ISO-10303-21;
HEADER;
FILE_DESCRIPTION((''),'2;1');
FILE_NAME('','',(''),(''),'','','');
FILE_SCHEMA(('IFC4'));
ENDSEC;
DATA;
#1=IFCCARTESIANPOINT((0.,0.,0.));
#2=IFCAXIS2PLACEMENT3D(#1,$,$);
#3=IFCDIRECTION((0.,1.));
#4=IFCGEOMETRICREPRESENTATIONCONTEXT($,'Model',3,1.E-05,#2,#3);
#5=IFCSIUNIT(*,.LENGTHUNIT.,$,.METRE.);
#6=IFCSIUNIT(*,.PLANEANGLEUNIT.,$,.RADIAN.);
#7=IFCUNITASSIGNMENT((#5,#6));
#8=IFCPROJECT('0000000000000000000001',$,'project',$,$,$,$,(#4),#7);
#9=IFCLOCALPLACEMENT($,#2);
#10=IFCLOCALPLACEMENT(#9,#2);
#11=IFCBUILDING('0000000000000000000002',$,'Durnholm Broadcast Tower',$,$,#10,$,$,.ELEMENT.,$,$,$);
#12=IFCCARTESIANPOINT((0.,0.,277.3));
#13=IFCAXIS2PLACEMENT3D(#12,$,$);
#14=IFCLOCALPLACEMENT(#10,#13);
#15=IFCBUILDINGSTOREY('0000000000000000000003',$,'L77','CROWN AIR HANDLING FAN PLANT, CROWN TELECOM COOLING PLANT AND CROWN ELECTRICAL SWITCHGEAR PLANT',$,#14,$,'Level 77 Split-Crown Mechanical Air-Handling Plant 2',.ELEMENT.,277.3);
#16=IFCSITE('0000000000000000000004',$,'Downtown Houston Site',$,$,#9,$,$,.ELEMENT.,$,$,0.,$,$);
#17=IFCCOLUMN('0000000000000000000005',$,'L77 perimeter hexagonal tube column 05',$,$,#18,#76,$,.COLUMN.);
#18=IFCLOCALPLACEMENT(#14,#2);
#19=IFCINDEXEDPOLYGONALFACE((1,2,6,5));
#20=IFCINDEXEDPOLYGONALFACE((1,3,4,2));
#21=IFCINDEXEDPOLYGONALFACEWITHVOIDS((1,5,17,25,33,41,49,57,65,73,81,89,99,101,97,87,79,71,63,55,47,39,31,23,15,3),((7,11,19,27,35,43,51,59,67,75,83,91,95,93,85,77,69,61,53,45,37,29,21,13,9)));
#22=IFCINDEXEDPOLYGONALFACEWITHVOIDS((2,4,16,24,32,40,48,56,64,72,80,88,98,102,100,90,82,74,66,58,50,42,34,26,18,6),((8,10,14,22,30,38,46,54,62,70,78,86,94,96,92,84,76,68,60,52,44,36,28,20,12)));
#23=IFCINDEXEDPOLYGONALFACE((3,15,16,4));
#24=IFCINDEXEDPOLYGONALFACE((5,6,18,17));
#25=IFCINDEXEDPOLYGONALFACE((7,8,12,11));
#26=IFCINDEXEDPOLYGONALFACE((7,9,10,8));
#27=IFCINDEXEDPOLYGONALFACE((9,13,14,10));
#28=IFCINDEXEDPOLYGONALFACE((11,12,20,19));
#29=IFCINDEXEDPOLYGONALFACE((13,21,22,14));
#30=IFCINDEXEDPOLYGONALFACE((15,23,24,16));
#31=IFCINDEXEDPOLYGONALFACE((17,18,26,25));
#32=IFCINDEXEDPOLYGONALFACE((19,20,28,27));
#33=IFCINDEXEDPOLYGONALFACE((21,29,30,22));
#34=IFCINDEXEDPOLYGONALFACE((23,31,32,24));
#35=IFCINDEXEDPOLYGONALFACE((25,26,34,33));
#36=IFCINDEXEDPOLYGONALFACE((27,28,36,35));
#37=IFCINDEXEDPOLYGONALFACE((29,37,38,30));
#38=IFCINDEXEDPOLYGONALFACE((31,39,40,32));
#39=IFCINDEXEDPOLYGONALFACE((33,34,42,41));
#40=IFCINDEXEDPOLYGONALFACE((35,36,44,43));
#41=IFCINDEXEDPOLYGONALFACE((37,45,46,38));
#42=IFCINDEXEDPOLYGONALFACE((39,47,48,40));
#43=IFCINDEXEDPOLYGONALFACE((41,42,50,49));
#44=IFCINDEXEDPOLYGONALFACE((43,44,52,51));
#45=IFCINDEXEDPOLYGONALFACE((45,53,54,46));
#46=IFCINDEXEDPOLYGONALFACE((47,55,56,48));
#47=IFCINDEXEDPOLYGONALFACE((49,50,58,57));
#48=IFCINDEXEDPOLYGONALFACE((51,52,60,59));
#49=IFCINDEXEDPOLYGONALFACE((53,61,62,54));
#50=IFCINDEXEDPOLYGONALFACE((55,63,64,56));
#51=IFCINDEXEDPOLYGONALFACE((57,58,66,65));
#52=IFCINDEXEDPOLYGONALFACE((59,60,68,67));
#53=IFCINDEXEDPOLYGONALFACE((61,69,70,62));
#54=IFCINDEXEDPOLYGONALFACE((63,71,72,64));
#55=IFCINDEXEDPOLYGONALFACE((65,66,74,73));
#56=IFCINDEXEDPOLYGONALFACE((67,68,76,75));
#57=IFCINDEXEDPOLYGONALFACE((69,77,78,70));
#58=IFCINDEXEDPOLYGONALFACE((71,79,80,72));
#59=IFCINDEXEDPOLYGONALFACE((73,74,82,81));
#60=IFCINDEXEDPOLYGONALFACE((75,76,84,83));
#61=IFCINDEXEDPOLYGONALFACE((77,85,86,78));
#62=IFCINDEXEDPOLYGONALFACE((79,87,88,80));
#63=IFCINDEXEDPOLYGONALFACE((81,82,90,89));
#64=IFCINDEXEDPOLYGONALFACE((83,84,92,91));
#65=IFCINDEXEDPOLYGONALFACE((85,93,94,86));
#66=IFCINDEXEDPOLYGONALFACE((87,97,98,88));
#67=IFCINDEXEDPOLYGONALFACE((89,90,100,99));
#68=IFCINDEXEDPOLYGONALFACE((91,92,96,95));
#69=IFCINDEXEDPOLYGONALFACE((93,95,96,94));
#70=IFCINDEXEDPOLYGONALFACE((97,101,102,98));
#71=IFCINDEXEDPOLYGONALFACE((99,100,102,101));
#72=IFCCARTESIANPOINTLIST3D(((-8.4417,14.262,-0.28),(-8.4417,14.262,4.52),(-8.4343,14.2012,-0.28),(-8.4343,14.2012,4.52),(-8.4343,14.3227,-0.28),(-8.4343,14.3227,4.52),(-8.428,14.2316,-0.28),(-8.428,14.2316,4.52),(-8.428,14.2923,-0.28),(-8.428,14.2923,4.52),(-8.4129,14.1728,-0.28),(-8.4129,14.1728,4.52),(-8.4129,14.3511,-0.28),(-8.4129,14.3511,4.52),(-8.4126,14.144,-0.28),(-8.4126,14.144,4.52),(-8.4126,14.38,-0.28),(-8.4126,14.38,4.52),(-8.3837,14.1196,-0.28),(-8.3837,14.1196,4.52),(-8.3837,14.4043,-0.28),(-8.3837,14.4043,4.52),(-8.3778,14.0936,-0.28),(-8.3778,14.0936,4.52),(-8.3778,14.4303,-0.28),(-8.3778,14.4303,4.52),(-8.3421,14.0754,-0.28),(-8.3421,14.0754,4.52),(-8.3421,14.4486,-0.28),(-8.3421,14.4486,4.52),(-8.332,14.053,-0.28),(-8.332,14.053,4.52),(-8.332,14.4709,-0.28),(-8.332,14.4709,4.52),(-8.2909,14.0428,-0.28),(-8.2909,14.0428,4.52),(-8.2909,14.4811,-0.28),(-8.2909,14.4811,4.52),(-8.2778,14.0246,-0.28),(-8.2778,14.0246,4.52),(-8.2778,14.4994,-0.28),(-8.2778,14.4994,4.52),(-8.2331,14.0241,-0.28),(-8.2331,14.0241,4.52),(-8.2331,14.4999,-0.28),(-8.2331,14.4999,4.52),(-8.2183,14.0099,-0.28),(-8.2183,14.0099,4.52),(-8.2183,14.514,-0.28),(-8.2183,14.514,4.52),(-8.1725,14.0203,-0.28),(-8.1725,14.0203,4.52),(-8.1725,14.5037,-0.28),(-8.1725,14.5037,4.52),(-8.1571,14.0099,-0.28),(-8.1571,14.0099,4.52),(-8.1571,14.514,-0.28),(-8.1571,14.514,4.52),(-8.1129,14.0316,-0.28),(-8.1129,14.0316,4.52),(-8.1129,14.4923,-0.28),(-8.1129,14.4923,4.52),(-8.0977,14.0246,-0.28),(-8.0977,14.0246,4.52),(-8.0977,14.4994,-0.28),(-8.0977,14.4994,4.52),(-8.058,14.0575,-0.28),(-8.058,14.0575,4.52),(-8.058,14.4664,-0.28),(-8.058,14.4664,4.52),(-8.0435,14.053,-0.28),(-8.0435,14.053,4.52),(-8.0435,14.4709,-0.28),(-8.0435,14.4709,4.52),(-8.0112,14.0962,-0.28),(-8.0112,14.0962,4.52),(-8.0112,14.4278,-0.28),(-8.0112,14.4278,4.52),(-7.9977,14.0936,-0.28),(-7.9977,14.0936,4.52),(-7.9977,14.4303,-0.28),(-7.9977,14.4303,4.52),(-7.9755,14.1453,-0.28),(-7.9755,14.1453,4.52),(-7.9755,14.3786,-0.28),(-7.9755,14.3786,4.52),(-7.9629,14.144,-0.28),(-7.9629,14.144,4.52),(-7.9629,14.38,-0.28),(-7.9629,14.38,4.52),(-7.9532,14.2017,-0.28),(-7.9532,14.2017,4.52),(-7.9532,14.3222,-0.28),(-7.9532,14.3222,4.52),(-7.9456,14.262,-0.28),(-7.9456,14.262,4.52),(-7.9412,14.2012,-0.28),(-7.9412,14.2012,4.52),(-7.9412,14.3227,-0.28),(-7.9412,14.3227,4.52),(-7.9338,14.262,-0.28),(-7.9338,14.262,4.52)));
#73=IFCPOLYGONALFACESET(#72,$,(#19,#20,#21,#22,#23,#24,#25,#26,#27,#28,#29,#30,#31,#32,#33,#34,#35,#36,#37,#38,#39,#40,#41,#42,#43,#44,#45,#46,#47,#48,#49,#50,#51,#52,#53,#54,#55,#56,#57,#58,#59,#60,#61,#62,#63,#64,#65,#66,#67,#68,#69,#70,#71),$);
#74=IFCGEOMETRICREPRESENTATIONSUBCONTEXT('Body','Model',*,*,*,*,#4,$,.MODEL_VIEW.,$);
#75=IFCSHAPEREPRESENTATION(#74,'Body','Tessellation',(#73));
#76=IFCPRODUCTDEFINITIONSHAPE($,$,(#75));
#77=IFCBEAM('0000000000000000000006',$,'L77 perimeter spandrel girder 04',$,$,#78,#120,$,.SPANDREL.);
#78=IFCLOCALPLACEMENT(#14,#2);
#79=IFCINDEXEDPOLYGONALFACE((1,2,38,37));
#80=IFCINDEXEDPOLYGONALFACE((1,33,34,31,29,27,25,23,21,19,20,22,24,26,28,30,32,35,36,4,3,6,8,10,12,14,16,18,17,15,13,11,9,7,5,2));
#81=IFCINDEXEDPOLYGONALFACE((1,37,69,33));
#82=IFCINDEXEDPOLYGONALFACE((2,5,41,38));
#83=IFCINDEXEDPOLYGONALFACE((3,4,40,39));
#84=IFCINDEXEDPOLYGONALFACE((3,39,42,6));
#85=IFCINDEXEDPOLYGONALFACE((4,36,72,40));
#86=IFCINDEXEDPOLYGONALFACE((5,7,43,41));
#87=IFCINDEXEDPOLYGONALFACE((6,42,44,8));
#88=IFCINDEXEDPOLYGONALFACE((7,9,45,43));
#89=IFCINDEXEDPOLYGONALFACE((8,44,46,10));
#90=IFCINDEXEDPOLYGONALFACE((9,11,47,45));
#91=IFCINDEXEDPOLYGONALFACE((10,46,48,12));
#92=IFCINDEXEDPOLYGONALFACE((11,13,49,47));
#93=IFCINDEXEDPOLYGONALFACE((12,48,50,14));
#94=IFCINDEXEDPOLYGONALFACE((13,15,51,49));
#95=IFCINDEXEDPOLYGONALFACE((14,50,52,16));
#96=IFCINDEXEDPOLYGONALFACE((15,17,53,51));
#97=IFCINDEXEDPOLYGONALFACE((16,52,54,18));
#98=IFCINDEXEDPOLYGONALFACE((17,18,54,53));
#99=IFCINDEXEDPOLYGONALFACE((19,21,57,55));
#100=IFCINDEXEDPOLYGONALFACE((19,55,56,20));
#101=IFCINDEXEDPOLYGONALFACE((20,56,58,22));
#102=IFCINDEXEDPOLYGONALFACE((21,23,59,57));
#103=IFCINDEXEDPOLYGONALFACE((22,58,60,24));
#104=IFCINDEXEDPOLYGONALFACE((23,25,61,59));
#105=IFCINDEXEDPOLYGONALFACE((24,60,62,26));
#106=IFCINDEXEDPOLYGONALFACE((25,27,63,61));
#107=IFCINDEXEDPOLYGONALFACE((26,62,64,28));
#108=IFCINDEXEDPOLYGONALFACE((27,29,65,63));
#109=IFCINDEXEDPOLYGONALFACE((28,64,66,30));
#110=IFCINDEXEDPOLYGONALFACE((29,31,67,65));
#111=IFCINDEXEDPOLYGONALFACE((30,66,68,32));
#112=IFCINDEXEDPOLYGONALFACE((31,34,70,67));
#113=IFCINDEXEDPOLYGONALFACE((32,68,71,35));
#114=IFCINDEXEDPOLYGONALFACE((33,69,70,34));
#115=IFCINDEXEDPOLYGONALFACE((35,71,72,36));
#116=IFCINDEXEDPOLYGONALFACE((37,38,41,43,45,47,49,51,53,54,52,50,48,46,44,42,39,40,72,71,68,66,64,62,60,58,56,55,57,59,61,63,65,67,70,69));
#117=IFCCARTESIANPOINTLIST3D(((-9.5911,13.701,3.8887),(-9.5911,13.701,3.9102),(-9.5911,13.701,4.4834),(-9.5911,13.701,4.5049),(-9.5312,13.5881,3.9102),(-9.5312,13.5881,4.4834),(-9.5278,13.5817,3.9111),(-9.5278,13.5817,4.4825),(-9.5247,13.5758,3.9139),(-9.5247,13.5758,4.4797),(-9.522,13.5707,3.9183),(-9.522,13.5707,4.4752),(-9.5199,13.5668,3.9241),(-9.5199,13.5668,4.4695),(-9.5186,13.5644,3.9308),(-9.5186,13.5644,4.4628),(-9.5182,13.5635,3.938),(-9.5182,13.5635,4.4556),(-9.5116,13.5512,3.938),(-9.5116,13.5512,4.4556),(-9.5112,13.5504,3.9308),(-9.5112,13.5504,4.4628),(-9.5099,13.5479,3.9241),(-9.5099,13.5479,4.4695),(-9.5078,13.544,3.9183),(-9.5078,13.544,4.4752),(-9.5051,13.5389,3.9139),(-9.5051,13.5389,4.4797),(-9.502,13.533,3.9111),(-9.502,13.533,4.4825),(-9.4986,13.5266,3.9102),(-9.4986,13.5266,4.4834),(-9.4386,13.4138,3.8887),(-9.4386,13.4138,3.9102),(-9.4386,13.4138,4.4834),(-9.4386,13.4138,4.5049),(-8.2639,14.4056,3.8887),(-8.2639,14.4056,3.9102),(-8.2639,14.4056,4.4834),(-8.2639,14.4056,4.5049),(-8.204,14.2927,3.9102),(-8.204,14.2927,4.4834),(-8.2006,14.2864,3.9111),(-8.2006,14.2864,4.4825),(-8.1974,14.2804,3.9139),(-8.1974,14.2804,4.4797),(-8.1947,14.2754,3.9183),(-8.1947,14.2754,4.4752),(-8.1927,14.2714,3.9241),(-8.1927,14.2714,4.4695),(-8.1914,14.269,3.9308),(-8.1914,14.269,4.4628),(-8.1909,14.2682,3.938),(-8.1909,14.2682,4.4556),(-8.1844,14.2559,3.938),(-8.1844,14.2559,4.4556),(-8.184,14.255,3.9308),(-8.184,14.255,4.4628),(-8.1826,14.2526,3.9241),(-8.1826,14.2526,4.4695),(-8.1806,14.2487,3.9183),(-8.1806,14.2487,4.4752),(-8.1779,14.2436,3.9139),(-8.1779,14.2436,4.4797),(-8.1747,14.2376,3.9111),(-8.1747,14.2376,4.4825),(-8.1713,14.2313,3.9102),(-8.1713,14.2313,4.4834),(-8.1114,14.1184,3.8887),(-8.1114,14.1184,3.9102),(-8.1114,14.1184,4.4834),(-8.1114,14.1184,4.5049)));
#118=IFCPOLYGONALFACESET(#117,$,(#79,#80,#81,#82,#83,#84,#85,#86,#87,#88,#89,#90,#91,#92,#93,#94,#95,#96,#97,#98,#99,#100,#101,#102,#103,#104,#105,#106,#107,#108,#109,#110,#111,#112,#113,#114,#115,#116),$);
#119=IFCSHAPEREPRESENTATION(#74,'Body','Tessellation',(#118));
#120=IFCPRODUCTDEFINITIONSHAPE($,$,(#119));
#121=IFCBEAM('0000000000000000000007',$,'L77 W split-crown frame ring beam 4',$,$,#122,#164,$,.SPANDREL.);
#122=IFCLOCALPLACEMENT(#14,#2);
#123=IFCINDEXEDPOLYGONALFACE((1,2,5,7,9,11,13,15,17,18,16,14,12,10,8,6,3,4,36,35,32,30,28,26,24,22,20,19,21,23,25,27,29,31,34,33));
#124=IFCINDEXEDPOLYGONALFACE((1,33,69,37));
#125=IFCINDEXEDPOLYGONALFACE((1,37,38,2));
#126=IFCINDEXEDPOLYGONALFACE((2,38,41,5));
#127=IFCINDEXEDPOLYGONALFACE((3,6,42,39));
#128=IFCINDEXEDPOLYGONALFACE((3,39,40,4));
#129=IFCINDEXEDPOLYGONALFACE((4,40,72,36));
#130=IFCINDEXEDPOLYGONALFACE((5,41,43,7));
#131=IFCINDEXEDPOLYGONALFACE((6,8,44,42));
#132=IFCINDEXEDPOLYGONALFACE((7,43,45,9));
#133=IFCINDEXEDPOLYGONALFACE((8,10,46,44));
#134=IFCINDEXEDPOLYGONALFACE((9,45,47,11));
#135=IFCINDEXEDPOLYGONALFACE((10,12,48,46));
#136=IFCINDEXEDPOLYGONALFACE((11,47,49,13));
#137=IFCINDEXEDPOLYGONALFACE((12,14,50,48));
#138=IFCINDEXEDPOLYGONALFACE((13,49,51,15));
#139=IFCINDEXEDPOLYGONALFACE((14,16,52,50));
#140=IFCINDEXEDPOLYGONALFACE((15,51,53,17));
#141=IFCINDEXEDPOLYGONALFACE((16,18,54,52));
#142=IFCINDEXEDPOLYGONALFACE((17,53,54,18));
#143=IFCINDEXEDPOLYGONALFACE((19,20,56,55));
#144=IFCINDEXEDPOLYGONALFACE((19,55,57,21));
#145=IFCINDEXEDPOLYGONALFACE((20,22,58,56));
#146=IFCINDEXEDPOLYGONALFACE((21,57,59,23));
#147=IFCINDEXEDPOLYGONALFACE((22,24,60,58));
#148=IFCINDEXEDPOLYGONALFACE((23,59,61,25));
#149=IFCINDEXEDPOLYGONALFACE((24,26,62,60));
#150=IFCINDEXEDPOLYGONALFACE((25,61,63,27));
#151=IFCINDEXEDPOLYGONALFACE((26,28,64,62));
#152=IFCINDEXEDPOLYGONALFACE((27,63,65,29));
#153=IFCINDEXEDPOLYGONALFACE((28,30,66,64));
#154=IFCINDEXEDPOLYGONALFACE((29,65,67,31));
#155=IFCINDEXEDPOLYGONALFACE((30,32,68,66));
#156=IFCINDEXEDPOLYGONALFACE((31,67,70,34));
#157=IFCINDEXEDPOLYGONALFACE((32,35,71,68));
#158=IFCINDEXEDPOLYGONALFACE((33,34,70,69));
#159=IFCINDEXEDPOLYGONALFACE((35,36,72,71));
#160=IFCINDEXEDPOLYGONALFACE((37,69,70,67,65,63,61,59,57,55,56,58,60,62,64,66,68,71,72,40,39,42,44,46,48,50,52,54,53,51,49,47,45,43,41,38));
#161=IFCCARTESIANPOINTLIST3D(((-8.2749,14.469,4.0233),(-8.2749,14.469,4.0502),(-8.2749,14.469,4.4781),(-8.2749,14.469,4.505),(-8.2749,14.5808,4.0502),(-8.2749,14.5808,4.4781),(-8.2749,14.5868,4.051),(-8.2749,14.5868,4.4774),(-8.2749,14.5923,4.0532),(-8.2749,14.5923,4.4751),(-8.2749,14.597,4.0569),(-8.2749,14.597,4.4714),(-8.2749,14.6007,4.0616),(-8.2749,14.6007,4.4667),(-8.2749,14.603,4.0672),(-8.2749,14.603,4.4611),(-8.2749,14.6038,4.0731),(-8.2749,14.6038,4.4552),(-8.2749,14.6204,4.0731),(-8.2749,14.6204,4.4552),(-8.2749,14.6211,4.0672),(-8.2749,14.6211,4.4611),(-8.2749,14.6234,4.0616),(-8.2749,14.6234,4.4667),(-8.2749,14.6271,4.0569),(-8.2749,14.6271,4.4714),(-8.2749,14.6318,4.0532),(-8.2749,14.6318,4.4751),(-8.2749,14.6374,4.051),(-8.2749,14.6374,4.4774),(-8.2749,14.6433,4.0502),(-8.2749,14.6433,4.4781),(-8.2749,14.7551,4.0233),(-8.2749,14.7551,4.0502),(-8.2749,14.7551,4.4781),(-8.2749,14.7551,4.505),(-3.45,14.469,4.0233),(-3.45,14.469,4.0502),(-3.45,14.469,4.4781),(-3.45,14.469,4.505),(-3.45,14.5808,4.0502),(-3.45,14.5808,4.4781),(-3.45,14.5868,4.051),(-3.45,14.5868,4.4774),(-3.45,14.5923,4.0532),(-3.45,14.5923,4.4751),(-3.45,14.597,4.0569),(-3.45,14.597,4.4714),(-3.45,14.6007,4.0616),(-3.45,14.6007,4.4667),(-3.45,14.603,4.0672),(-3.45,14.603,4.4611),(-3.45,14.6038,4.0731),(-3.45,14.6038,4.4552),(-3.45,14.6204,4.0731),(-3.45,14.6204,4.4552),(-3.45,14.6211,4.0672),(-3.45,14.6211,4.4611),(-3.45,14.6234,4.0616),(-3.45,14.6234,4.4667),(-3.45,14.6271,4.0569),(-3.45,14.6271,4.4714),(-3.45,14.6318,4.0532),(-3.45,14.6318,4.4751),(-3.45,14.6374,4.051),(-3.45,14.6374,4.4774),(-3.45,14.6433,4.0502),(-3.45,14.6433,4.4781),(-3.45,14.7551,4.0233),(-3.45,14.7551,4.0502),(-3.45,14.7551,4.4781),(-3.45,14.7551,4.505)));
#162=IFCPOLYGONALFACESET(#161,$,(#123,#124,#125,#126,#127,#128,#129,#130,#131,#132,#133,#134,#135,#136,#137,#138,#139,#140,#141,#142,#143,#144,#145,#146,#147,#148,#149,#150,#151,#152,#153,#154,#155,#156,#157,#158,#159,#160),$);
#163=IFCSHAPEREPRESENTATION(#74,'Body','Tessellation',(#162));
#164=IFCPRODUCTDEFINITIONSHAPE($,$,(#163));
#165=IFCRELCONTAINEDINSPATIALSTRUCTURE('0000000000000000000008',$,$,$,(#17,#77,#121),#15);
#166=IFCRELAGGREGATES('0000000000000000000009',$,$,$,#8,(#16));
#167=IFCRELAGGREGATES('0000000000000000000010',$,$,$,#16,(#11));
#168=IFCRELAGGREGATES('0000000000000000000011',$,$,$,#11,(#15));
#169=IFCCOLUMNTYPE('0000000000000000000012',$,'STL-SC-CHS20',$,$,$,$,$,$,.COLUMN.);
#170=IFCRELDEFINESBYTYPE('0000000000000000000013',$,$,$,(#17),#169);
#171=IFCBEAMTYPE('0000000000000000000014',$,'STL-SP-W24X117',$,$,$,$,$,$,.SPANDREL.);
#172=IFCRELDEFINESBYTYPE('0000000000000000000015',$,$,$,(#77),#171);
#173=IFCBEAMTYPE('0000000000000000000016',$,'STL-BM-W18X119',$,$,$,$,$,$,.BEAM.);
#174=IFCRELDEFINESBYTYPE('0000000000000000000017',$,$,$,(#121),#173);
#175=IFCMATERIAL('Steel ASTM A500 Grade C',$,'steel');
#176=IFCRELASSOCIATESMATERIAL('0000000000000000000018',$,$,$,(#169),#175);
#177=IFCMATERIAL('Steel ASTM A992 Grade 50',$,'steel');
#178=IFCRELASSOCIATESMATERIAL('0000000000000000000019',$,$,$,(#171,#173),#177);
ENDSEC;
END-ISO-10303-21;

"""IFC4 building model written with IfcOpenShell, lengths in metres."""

from ifc_helpers import new_model, si_unit, direction, frame, origin, origin_2d, place, context, subcontext, project, spatial, hollow_circle, i_section, extrude, source, transform, mapped, material, material_profile, profile_set, type_object, type_shapes, element, save


model = new_model("IFC4")

# Units and contexts
model_context = context("Model", 3, precision=1e-05, world=origin(), true_north=direction((0.0, 1.0)))
body_context = subcontext(model_context, "Body", "Model", "MODEL_VIEW")
ifc_project = project(units=[si_unit("LENGTHUNIT", "METRE"), si_unit("PLANEANGLEUNIT", "RADIAN")], contexts=[model_context])

# Site, building, storey
site_placement = place(None, origin())
site = spatial("IfcSite", under=ifc_project, at=site_placement, Name="Downtown Houston Site", CompositionType="ELEMENT", RefElevation=0.0)
building_placement = place(site_placement, origin())
building = spatial("IfcBuilding", under=site, at=building_placement, Name="Durnholm Broadcast Tower", CompositionType="ELEMENT")
storey_placement = place(building_placement, frame((0.0, 0.0, 277.3)))
storey = spatial("IfcBuildingStorey", under=building, at=storey_placement, Name="L77", Description="CROWN AIR HANDLING FAN PLANT, CROWN TELECOM COOLING PLANT AND CROWN ELECTRICAL SWITCHGEAR PLANT", LongName="Level 77 Split-Crown Mechanical Air-Handling Plant 2", CompositionType="ELEMENT", Elevation=277.3)

# Column
ifc_material_1 = material(Name="Steel ASTM A500 Grade C", Category="steel")
ifc_material_profile_1 = material_profile(ifc_material_1, hollow_circle(Radius=0.2539, WallThickness=0.0117, at=origin_2d()), Name="HSS20.000X0.500")
ifc_profile_set_1 = profile_set([ifc_material_profile_1], Name="Steel ASTM A500 Grade C")
column_type = type_object("IfcColumnType", Name="STL-SC-CHS20", PredefinedType="COLUMN", material=ifc_profile_set_1)
shared_shape_1 = source(origin(), body_context, "Body", "SweptSolid", [
    extrude(hollow_circle(Radius=0.2539, WallThickness=0.0117, at=origin_2d()), origin(), (0.0, 0.0, 1.0), 4.8),
])
type_shapes(column_type, [shared_shape_1])
column_placement = place(storey_placement, frame((-8.1877, 14.262, -0.28), z_axis=(0.0, 0.0, 1.0), x_axis=(1.0, 0.0, 0.0)))
element("IfcColumn", 1, at=column_placement, inside=storey, type_object=column_type, Name="L77 perimeter hexagonal tube column 05", PredefinedType="COLUMN", context=body_context, shape_type="MappedRepresentation", body=[
    mapped(shared_shape_1, transform((0.0, 0.0, 0.0), x_axis=(1.0, 0.0, 0.0), y_axis=(0.0, 1.0, 0.0), z_axis=(0.0, 0.0, 1.0), scale=1.0)),
])

# Beams
ifc_material_2 = material(Name="Steel ASTM A992 Grade 50", Category="steel")
ifc_material_profile_2 = material_profile(ifc_material_2, i_section(OverallWidth=0.3252, OverallDepth=0.6162, WebThickness=0.0139, FlangeThickness=0.0215, FilletRadius=0.0278, at=origin_2d()), Name="W24X117")
ifc_profile_set_2 = profile_set([ifc_material_profile_2], Name="Steel ASTM A992 Grade 50")
beam_type_1 = type_object("IfcBeamType", Name="STL-SP-W24X117", PredefinedType="SPANDREL", material=ifc_profile_set_2)
shared_shape_2 = source(origin(), body_context, "Body", "SweptSolid", [
    extrude(i_section(OverallWidth=0.3252, OverallDepth=0.6162, WebThickness=0.0139, FlangeThickness=0.0215, FilletRadius=0.0278, at=origin_2d()), origin(), (0.0, 0.0, 1.0), 1.5027),
])
type_shapes(beam_type_1, [shared_shape_2])
beam_1_placement = place(storey_placement, frame((-9.5149, 13.5574, 4.1968), z_axis=(0.883242, 0.468918, 0.0), x_axis=(-0.468918, 0.883242, 0.0)))
element("IfcBeam", 2, at=beam_1_placement, inside=storey, type_object=beam_type_1, Name="L77 perimeter spandrel girder 04", PredefinedType="SPANDREL", context=body_context, shape_type="MappedRepresentation", body=[
    mapped(shared_shape_2, transform((0.0, 0.0, 0.0), x_axis=(1.0, 0.0, 0.0), y_axis=(0.0, 1.0, 0.0), z_axis=(0.0, 0.0, 1.0), scale=1.0)),
])
ifc_material_profile_3 = material_profile(ifc_material_2, i_section(OverallWidth=0.2861, OverallDepth=0.4817, WebThickness=0.0166, FlangeThickness=0.0269, FilletRadius=0.0229, at=origin_2d()), Name="W18X119")
ifc_profile_set_3 = profile_set([ifc_material_profile_3], Name="Steel ASTM A992 Grade 50")
beam_type_2 = type_object("IfcBeamType", Name="STL-BM-W18X119", PredefinedType="BEAM", material=ifc_profile_set_3)
shared_shape_3 = source(origin(), body_context, "Body", "SweptSolid", [
    extrude(i_section(OverallWidth=0.2861, OverallDepth=0.4817, WebThickness=0.0166, FlangeThickness=0.0269, FilletRadius=0.0229, at=origin_2d()), origin(), (0.0, 0.0, 1.0), 4.825),
])
beam_2_placement = place(storey_placement, frame((-3.45, 14.6121, 4.2642), z_axis=(-1.0, 0.0, 0.0), x_axis=(0.0, -1.0, 0.0)))
element("IfcBeam", 3, at=beam_2_placement, inside=storey, type_object=beam_type_2, Name="L77 W split-crown frame ring beam 4", PredefinedType="SPANDREL", context=body_context, shape_type="MappedRepresentation", body=[
    mapped(shared_shape_3, transform((0.0, 0.0, 0.0), x_axis=(1.0, 0.0, 0.0), y_axis=(0.0, 1.0, 0.0), z_axis=(0.0, 0.0, 1.0), scale=1.0)),
])

save(model, "model.ifc")
